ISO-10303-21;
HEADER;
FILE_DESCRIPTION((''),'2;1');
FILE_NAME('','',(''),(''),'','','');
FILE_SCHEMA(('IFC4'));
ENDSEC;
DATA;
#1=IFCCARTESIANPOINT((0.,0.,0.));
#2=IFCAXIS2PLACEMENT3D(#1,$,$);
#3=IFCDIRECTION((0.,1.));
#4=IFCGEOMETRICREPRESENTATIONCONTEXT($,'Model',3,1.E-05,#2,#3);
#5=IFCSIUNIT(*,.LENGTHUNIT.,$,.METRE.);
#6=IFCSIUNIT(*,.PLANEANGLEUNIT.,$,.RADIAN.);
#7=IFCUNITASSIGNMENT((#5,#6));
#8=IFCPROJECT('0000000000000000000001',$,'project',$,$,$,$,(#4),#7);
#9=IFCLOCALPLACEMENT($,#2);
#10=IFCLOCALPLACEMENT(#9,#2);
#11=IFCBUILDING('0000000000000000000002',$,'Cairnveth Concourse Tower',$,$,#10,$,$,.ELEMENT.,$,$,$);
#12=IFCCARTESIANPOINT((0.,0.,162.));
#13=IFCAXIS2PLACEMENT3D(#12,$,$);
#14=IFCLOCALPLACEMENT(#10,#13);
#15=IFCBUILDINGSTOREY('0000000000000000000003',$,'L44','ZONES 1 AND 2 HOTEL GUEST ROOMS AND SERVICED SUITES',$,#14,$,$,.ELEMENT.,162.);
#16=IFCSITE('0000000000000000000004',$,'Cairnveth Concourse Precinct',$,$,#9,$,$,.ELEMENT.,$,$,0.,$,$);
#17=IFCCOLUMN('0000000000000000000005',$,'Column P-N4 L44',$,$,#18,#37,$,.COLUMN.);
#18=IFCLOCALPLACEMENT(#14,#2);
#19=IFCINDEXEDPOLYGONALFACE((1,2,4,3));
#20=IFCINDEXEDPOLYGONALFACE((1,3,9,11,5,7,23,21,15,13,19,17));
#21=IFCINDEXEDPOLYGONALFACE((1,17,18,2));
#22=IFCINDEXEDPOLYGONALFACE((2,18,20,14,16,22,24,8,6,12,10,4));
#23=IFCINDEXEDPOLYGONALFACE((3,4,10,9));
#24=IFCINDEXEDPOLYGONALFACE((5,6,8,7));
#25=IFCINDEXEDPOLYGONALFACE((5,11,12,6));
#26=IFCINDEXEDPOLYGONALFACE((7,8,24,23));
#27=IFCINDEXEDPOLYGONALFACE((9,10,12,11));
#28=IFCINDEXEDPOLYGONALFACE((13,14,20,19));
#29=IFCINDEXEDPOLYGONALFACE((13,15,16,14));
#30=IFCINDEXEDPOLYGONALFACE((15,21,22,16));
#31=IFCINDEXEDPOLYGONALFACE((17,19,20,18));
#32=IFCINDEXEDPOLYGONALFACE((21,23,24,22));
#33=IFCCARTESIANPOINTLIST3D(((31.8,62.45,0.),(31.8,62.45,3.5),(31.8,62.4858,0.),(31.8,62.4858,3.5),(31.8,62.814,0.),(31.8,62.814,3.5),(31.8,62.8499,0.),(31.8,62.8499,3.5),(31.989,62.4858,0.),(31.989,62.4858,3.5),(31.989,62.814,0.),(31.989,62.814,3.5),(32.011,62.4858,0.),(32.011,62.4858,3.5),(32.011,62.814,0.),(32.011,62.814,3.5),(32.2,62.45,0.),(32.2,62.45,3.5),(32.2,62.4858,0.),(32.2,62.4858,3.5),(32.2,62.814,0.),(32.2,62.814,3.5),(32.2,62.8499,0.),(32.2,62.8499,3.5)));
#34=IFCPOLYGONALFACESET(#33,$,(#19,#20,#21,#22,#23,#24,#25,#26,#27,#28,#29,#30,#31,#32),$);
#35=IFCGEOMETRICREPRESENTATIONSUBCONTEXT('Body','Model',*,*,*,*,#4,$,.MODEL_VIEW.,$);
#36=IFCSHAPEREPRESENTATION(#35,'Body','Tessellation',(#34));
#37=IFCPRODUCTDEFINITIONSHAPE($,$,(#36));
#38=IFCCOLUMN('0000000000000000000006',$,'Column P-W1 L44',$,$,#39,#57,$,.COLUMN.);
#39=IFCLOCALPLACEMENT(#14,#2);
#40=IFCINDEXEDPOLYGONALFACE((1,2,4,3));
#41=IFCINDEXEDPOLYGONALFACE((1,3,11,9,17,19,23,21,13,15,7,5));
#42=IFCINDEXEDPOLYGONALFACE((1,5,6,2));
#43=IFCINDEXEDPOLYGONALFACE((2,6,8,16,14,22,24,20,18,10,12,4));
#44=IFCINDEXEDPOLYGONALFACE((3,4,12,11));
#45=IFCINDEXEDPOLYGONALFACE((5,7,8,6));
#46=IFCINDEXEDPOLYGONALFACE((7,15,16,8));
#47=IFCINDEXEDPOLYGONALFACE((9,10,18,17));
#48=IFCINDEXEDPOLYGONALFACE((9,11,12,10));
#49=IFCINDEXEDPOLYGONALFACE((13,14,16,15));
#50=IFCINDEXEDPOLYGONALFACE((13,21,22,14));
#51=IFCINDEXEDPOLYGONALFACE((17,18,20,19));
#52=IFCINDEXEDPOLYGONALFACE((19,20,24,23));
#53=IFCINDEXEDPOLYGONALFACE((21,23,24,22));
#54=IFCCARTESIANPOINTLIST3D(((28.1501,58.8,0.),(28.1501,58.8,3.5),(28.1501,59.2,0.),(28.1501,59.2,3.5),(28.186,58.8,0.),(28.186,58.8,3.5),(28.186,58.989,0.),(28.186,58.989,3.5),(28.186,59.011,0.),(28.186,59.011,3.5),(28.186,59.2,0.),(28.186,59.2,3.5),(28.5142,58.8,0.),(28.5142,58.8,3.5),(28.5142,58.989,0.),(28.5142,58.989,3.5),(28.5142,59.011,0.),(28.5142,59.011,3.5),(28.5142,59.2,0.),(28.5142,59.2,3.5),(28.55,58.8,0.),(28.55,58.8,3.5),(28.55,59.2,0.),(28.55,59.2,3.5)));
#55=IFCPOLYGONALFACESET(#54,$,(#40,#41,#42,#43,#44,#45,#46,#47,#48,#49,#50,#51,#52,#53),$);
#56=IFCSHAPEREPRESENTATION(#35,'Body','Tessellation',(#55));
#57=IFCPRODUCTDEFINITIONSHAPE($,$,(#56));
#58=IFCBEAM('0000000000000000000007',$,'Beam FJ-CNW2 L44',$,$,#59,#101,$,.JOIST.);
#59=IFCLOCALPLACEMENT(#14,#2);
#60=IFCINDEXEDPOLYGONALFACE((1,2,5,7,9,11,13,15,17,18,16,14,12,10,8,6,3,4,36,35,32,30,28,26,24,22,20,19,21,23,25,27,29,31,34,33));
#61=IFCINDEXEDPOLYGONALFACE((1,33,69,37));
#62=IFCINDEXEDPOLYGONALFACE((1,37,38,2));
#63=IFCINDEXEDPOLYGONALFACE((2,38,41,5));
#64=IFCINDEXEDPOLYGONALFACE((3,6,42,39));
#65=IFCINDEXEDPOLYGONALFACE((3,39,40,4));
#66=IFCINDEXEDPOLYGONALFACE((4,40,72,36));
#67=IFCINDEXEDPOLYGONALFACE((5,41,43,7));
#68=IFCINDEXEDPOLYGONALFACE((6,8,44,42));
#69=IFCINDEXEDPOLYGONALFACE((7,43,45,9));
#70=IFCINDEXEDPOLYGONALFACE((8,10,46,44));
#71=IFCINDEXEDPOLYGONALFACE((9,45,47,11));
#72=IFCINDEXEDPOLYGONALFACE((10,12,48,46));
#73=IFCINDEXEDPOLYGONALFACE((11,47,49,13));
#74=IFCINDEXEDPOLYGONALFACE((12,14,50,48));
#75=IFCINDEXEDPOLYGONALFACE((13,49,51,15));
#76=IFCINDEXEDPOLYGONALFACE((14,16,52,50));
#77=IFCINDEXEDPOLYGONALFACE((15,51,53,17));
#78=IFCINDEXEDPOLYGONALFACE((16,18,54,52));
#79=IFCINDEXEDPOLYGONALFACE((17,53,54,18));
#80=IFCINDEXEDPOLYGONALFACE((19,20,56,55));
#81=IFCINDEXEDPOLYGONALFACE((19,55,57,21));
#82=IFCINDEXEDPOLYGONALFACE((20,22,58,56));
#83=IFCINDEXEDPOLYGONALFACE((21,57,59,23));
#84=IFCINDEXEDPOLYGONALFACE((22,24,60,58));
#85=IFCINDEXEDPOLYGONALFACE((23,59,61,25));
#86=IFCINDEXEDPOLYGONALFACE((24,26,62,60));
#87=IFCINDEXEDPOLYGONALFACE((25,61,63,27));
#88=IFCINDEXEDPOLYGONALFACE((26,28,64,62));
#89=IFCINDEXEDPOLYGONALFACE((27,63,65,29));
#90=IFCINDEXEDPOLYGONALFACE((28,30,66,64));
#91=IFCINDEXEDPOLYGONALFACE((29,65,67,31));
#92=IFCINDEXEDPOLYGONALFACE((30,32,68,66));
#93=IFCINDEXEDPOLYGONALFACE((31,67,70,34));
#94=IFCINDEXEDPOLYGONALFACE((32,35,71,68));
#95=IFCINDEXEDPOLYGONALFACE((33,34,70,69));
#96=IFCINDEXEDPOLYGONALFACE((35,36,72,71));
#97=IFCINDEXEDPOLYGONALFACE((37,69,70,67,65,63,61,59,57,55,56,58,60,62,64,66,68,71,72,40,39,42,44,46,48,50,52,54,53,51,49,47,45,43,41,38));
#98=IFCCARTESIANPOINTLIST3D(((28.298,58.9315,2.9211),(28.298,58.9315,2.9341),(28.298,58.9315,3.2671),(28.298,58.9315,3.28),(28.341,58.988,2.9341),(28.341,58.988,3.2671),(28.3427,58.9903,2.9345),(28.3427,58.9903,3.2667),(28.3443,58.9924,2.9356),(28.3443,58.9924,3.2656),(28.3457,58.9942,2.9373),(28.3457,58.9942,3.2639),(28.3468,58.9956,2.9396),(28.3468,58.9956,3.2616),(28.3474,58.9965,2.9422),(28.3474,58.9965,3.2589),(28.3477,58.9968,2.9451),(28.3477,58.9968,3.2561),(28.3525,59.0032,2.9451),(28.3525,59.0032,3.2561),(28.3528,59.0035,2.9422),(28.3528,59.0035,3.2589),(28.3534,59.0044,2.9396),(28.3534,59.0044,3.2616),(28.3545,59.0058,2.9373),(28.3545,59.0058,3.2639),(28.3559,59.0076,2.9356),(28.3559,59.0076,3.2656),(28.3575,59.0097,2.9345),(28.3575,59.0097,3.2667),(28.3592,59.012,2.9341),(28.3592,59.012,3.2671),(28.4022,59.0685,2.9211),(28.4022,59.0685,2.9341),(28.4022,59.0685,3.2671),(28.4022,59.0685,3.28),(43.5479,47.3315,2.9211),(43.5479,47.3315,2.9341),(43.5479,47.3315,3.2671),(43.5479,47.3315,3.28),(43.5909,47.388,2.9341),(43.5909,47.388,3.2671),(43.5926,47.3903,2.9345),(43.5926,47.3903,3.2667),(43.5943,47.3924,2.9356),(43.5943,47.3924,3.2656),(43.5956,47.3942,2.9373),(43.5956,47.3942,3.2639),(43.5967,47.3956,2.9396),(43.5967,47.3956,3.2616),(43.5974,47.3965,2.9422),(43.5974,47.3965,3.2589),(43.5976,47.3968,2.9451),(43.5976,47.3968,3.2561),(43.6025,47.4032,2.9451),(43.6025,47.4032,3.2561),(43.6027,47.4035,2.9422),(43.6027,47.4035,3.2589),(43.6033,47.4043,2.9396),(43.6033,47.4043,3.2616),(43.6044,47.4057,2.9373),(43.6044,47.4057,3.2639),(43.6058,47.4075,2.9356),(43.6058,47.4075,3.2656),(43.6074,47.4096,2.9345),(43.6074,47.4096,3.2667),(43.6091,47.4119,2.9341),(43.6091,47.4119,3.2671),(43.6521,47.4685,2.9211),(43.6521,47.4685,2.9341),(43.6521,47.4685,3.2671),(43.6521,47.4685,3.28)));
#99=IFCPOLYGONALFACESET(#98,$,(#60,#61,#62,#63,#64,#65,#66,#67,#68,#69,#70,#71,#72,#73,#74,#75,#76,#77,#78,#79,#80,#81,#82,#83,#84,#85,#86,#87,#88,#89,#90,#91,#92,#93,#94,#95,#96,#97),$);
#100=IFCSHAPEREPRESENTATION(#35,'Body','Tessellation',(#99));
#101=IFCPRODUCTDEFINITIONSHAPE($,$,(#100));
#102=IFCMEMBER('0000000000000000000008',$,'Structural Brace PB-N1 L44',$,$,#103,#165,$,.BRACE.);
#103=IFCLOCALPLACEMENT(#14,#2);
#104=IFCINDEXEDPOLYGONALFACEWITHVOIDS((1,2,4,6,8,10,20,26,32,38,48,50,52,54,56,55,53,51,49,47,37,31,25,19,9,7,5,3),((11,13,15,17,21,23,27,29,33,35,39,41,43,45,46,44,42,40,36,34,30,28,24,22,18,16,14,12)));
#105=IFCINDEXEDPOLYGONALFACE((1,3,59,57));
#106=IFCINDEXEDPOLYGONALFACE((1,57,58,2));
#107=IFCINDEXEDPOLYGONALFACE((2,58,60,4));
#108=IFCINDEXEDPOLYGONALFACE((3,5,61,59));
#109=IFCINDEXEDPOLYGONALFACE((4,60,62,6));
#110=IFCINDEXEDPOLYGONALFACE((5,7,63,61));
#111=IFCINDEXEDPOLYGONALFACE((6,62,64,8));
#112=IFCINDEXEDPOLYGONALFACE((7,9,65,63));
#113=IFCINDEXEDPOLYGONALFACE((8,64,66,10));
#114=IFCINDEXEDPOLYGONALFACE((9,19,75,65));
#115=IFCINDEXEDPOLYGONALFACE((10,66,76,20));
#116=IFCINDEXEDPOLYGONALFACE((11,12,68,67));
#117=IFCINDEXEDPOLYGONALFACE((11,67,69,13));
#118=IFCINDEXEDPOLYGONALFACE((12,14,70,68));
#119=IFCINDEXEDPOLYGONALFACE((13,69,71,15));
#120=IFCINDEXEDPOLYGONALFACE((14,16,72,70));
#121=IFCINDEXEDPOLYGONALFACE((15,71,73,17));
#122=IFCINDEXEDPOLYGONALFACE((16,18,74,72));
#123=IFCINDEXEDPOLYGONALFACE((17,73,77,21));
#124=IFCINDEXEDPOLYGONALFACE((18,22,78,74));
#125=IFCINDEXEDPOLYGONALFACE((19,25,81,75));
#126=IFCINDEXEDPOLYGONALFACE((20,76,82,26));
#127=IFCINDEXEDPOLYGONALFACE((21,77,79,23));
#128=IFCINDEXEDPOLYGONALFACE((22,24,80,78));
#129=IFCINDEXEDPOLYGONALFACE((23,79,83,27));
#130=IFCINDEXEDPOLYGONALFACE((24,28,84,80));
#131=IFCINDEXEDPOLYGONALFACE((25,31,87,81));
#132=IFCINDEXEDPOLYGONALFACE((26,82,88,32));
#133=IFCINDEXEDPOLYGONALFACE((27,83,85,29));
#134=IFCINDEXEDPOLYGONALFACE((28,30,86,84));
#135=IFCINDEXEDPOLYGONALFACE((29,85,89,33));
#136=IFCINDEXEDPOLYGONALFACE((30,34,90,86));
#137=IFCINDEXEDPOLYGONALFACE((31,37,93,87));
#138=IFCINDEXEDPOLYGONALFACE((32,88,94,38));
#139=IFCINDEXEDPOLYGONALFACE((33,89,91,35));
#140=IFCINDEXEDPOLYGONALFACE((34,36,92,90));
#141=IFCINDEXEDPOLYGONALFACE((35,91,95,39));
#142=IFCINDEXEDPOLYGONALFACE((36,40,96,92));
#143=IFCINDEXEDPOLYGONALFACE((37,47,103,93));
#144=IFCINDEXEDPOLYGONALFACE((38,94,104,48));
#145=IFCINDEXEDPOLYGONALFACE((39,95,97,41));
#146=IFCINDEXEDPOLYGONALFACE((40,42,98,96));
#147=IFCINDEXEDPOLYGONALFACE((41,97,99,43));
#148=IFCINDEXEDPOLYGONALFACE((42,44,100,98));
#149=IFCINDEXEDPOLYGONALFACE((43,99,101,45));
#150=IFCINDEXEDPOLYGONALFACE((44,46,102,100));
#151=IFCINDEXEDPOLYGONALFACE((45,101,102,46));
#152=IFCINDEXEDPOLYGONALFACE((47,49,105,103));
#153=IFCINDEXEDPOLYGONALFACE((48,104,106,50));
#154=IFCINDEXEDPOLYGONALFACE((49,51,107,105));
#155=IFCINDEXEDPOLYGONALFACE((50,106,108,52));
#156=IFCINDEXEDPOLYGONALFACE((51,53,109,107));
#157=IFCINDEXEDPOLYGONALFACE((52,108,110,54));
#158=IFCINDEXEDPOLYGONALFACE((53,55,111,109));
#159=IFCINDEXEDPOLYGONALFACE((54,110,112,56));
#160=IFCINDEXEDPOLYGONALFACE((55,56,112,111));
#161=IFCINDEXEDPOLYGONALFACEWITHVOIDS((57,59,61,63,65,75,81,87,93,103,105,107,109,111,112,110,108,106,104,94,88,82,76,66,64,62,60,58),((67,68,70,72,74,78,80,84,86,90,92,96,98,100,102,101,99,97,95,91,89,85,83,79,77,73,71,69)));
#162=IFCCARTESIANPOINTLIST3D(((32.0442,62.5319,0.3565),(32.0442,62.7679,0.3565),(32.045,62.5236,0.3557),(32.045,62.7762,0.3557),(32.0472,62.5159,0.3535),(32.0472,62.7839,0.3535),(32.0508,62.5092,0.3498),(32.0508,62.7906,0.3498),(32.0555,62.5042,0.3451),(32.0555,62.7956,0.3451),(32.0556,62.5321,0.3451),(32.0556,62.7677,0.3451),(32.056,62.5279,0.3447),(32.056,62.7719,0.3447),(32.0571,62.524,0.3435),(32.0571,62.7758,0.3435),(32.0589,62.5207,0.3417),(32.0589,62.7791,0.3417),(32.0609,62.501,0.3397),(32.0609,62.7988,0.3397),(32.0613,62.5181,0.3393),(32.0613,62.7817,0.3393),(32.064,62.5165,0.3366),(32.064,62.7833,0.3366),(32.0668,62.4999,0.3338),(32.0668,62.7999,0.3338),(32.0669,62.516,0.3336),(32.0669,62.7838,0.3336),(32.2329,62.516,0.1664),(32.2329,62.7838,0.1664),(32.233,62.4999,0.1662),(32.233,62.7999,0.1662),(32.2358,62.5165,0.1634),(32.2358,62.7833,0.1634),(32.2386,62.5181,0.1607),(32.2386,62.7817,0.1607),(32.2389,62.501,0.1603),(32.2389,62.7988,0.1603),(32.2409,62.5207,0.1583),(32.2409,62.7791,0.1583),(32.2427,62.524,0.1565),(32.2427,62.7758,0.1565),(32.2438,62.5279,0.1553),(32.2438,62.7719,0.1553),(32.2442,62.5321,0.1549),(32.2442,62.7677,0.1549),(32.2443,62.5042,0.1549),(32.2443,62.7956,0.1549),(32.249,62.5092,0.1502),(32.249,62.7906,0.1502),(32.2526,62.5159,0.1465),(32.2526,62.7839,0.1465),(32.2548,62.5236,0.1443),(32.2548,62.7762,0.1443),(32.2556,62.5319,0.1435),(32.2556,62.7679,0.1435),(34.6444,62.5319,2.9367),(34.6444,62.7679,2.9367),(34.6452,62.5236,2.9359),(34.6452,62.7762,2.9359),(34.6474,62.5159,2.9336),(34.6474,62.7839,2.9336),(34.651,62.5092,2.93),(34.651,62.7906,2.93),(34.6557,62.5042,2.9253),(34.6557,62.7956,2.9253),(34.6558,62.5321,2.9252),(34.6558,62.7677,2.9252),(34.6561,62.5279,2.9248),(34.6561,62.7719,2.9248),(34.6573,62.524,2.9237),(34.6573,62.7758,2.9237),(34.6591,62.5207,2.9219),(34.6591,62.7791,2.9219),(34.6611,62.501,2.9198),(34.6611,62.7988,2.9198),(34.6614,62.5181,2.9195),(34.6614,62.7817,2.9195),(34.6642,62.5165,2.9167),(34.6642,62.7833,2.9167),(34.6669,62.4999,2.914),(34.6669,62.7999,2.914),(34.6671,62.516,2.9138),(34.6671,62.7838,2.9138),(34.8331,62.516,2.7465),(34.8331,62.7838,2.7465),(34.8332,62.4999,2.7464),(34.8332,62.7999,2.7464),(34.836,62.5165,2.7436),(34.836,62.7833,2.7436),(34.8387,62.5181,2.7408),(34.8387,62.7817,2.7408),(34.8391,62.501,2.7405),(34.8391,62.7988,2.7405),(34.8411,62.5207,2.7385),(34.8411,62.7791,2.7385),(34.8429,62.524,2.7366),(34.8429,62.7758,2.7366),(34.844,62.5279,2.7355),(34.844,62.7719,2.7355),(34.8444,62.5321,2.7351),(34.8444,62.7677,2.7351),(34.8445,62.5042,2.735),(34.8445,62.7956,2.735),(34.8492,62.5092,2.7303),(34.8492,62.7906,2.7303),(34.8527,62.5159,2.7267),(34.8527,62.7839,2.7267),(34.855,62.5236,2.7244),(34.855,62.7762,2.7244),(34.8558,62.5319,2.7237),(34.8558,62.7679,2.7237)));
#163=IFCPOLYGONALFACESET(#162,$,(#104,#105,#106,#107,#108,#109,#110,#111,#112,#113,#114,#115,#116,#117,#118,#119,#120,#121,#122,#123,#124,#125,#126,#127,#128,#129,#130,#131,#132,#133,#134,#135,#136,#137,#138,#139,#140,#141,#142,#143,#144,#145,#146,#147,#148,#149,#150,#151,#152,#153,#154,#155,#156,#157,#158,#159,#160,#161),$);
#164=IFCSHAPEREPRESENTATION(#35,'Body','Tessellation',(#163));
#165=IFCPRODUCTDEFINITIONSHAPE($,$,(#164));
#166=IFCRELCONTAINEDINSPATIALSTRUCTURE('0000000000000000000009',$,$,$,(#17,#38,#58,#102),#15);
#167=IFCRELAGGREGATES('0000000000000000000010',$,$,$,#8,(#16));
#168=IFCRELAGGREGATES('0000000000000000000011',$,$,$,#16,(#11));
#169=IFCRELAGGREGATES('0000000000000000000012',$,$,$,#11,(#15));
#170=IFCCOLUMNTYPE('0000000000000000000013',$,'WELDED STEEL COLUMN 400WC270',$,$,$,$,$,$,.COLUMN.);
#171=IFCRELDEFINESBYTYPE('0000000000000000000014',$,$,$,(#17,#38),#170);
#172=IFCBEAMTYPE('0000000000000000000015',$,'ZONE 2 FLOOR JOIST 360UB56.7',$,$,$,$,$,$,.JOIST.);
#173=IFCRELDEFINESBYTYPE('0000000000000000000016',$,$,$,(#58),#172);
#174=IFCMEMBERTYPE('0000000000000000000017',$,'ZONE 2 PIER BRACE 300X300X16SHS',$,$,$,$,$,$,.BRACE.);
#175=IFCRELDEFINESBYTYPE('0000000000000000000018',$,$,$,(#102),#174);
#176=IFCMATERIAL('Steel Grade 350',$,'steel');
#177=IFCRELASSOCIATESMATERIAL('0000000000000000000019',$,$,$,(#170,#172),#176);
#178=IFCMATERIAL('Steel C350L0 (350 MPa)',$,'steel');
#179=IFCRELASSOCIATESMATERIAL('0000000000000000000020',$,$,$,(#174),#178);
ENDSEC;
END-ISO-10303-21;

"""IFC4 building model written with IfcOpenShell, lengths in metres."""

from ifc_helpers import new_model, si_unit, direction, frame, origin, origin_2d, place, context, subcontext, project, spatial, hollow_rectangle, i_section, extrude, material, material_profile, profile_set, type_object, element, save


model = new_model("IFC4")

# Units and contexts
model_context = context("Model", 3, precision=1e-05, world=origin(), true_north=direction((0.0, 1.0)))
body_context = subcontext(model_context, "Body", "Model", "MODEL_VIEW")
ifc_project = project(units=[si_unit("LENGTHUNIT", "METRE"), si_unit("PLANEANGLEUNIT", "RADIAN")], contexts=[model_context])

# Site, building, storey
site_placement = place(None, origin())
site = spatial("IfcSite", under=ifc_project, at=site_placement, Name="Cairnveth Concourse Precinct", CompositionType="ELEMENT", RefElevation=0.0)
building_placement = place(site_placement, origin())
building = spatial("IfcBuilding", under=site, at=building_placement, Name="Cairnveth Concourse Tower", CompositionType="ELEMENT")
storey_placement = place(building_placement, frame((0.0, 0.0, 162.0)))
storey = spatial("IfcBuildingStorey", under=building, at=storey_placement, Name="L44", Description="ZONES 1 AND 2 HOTEL GUEST ROOMS AND SERVICED SUITES", CompositionType="ELEMENT", Elevation=162.0)

# Columns
ifc_material_1 = material(Name="Steel Grade 350", Category="steel")
ifc_material_profile_1 = material_profile(ifc_material_1, i_section(OverallWidth=0.3999, OverallDepth=0.3999, WebThickness=0.022, FlangeThickness=0.0359, at=origin_2d()), Name="400WC270")
ifc_profile_set_1 = profile_set([ifc_material_profile_1], Name="Steel Grade 350")
column_type = type_object("IfcColumnType", Name="WELDED STEEL COLUMN 400WC270", PredefinedType="COLUMN", material=ifc_profile_set_1)
for number, where, z_axis, x_axis, name in (
    (1, (32.0, 62.6499, 0.0), (0.0, 0.0, 1.0), (1.0, 0.0, 0.0), "Column P-N4 L44"),
    (2, (28.3501, 59.0, 0.0), (0.0, 0.0, 1.0), (0.0, 1.0, 0.0), "Column P-W1 L44"),
):
    element("IfcColumn", number, at=place(storey_placement, frame(where, z_axis=z_axis, x_axis=x_axis)), inside=storey, type_object=column_type, Name=name, PredefinedType="COLUMN", context=body_context, shape_type="SweptSolid", body=[
        extrude(i_section(OverallWidth=0.3999, OverallDepth=0.3999, WebThickness=0.022, FlangeThickness=0.0359, at=origin_2d()), origin(), (0.0, 0.0, 1.0), 3.5),
    ])

# Beam
ifc_material_profile_2 = material_profile(ifc_material_1, i_section(OverallWidth=0.1721, OverallDepth=0.3589, WebThickness=0.0081, FlangeThickness=0.0129, FilletRadius=0.011, at=origin_2d()), Name="360UB56.7")
ifc_profile_set_2 = profile_set([ifc_material_profile_2], Name="Steel Grade 350")
beam_type_1 = type_object("IfcBeamType", Name="ZONE 2 FLOOR JOIST 360UB56.7", PredefinedType="JOIST", material=ifc_profile_set_2)
beam_1_placement = place(storey_placement, frame((28.3501, 59.0, 3.1006), z_axis=(0.795908, -0.605417, 0.0), x_axis=(0.605417, 0.795908, 0.0)))
element("IfcBeam", 3, at=beam_1_placement, inside=storey, type_object=beam_type_1, Name="Beam FJ-CNW2 L44", PredefinedType="JOIST", context=body_context, shape_type="SweptSolid", body=[
    extrude(i_section(OverallWidth=0.1721, OverallDepth=0.3589, WebThickness=0.0081, FlangeThickness=0.0129, FilletRadius=0.011, at=origin_2d()), origin(), (0.0, 0.0, 1.0), 19.1604),
])

# Member
ifc_material_2 = material(Name="Steel C350L0 (350 MPa)", Category="steel")
ifc_material_profile_3 = material_profile(ifc_material_2, hollow_rectangle(XDim=0.3, YDim=0.3, WallThickness=0.0161, InnerFilletRadius=0.0161, OuterFilletRadius=0.032, at=origin_2d()), Name="300x300x16.0SHS")
ifc_profile_set_3 = profile_set([ifc_material_profile_3], Name="Steel C350L0 (350 MPa)")
member_type = type_object("IfcMemberType", Name="ZONE 2 PIER BRACE 300X300X16SHS", PredefinedType="BRACE", material=ifc_profile_set_3)
for number, where, z_axis, x_axis, name in (
    (4, (32.1499, 62.6499, 0.25), (0.709834, 0.0, 0.704369), (0.0, 1.0, 0.0), "Structural Brace PB-N1 L44"),
):
    element("IfcMember", number, at=place(storey_placement, frame(where, z_axis=z_axis, x_axis=x_axis)), inside=storey, type_object=member_type, Name=name, PredefinedType="BRACE", context=body_context, shape_type="SweptSolid", body=[
        extrude(hollow_rectangle(XDim=0.3, YDim=0.3, WallThickness=0.0161, InnerFilletRadius=0.0161, OuterFilletRadius=0.032, at=origin_2d()), origin(), (0.0, 0.0, 1.0), 3.6631),
    ])

save(model, "model.ifc")
